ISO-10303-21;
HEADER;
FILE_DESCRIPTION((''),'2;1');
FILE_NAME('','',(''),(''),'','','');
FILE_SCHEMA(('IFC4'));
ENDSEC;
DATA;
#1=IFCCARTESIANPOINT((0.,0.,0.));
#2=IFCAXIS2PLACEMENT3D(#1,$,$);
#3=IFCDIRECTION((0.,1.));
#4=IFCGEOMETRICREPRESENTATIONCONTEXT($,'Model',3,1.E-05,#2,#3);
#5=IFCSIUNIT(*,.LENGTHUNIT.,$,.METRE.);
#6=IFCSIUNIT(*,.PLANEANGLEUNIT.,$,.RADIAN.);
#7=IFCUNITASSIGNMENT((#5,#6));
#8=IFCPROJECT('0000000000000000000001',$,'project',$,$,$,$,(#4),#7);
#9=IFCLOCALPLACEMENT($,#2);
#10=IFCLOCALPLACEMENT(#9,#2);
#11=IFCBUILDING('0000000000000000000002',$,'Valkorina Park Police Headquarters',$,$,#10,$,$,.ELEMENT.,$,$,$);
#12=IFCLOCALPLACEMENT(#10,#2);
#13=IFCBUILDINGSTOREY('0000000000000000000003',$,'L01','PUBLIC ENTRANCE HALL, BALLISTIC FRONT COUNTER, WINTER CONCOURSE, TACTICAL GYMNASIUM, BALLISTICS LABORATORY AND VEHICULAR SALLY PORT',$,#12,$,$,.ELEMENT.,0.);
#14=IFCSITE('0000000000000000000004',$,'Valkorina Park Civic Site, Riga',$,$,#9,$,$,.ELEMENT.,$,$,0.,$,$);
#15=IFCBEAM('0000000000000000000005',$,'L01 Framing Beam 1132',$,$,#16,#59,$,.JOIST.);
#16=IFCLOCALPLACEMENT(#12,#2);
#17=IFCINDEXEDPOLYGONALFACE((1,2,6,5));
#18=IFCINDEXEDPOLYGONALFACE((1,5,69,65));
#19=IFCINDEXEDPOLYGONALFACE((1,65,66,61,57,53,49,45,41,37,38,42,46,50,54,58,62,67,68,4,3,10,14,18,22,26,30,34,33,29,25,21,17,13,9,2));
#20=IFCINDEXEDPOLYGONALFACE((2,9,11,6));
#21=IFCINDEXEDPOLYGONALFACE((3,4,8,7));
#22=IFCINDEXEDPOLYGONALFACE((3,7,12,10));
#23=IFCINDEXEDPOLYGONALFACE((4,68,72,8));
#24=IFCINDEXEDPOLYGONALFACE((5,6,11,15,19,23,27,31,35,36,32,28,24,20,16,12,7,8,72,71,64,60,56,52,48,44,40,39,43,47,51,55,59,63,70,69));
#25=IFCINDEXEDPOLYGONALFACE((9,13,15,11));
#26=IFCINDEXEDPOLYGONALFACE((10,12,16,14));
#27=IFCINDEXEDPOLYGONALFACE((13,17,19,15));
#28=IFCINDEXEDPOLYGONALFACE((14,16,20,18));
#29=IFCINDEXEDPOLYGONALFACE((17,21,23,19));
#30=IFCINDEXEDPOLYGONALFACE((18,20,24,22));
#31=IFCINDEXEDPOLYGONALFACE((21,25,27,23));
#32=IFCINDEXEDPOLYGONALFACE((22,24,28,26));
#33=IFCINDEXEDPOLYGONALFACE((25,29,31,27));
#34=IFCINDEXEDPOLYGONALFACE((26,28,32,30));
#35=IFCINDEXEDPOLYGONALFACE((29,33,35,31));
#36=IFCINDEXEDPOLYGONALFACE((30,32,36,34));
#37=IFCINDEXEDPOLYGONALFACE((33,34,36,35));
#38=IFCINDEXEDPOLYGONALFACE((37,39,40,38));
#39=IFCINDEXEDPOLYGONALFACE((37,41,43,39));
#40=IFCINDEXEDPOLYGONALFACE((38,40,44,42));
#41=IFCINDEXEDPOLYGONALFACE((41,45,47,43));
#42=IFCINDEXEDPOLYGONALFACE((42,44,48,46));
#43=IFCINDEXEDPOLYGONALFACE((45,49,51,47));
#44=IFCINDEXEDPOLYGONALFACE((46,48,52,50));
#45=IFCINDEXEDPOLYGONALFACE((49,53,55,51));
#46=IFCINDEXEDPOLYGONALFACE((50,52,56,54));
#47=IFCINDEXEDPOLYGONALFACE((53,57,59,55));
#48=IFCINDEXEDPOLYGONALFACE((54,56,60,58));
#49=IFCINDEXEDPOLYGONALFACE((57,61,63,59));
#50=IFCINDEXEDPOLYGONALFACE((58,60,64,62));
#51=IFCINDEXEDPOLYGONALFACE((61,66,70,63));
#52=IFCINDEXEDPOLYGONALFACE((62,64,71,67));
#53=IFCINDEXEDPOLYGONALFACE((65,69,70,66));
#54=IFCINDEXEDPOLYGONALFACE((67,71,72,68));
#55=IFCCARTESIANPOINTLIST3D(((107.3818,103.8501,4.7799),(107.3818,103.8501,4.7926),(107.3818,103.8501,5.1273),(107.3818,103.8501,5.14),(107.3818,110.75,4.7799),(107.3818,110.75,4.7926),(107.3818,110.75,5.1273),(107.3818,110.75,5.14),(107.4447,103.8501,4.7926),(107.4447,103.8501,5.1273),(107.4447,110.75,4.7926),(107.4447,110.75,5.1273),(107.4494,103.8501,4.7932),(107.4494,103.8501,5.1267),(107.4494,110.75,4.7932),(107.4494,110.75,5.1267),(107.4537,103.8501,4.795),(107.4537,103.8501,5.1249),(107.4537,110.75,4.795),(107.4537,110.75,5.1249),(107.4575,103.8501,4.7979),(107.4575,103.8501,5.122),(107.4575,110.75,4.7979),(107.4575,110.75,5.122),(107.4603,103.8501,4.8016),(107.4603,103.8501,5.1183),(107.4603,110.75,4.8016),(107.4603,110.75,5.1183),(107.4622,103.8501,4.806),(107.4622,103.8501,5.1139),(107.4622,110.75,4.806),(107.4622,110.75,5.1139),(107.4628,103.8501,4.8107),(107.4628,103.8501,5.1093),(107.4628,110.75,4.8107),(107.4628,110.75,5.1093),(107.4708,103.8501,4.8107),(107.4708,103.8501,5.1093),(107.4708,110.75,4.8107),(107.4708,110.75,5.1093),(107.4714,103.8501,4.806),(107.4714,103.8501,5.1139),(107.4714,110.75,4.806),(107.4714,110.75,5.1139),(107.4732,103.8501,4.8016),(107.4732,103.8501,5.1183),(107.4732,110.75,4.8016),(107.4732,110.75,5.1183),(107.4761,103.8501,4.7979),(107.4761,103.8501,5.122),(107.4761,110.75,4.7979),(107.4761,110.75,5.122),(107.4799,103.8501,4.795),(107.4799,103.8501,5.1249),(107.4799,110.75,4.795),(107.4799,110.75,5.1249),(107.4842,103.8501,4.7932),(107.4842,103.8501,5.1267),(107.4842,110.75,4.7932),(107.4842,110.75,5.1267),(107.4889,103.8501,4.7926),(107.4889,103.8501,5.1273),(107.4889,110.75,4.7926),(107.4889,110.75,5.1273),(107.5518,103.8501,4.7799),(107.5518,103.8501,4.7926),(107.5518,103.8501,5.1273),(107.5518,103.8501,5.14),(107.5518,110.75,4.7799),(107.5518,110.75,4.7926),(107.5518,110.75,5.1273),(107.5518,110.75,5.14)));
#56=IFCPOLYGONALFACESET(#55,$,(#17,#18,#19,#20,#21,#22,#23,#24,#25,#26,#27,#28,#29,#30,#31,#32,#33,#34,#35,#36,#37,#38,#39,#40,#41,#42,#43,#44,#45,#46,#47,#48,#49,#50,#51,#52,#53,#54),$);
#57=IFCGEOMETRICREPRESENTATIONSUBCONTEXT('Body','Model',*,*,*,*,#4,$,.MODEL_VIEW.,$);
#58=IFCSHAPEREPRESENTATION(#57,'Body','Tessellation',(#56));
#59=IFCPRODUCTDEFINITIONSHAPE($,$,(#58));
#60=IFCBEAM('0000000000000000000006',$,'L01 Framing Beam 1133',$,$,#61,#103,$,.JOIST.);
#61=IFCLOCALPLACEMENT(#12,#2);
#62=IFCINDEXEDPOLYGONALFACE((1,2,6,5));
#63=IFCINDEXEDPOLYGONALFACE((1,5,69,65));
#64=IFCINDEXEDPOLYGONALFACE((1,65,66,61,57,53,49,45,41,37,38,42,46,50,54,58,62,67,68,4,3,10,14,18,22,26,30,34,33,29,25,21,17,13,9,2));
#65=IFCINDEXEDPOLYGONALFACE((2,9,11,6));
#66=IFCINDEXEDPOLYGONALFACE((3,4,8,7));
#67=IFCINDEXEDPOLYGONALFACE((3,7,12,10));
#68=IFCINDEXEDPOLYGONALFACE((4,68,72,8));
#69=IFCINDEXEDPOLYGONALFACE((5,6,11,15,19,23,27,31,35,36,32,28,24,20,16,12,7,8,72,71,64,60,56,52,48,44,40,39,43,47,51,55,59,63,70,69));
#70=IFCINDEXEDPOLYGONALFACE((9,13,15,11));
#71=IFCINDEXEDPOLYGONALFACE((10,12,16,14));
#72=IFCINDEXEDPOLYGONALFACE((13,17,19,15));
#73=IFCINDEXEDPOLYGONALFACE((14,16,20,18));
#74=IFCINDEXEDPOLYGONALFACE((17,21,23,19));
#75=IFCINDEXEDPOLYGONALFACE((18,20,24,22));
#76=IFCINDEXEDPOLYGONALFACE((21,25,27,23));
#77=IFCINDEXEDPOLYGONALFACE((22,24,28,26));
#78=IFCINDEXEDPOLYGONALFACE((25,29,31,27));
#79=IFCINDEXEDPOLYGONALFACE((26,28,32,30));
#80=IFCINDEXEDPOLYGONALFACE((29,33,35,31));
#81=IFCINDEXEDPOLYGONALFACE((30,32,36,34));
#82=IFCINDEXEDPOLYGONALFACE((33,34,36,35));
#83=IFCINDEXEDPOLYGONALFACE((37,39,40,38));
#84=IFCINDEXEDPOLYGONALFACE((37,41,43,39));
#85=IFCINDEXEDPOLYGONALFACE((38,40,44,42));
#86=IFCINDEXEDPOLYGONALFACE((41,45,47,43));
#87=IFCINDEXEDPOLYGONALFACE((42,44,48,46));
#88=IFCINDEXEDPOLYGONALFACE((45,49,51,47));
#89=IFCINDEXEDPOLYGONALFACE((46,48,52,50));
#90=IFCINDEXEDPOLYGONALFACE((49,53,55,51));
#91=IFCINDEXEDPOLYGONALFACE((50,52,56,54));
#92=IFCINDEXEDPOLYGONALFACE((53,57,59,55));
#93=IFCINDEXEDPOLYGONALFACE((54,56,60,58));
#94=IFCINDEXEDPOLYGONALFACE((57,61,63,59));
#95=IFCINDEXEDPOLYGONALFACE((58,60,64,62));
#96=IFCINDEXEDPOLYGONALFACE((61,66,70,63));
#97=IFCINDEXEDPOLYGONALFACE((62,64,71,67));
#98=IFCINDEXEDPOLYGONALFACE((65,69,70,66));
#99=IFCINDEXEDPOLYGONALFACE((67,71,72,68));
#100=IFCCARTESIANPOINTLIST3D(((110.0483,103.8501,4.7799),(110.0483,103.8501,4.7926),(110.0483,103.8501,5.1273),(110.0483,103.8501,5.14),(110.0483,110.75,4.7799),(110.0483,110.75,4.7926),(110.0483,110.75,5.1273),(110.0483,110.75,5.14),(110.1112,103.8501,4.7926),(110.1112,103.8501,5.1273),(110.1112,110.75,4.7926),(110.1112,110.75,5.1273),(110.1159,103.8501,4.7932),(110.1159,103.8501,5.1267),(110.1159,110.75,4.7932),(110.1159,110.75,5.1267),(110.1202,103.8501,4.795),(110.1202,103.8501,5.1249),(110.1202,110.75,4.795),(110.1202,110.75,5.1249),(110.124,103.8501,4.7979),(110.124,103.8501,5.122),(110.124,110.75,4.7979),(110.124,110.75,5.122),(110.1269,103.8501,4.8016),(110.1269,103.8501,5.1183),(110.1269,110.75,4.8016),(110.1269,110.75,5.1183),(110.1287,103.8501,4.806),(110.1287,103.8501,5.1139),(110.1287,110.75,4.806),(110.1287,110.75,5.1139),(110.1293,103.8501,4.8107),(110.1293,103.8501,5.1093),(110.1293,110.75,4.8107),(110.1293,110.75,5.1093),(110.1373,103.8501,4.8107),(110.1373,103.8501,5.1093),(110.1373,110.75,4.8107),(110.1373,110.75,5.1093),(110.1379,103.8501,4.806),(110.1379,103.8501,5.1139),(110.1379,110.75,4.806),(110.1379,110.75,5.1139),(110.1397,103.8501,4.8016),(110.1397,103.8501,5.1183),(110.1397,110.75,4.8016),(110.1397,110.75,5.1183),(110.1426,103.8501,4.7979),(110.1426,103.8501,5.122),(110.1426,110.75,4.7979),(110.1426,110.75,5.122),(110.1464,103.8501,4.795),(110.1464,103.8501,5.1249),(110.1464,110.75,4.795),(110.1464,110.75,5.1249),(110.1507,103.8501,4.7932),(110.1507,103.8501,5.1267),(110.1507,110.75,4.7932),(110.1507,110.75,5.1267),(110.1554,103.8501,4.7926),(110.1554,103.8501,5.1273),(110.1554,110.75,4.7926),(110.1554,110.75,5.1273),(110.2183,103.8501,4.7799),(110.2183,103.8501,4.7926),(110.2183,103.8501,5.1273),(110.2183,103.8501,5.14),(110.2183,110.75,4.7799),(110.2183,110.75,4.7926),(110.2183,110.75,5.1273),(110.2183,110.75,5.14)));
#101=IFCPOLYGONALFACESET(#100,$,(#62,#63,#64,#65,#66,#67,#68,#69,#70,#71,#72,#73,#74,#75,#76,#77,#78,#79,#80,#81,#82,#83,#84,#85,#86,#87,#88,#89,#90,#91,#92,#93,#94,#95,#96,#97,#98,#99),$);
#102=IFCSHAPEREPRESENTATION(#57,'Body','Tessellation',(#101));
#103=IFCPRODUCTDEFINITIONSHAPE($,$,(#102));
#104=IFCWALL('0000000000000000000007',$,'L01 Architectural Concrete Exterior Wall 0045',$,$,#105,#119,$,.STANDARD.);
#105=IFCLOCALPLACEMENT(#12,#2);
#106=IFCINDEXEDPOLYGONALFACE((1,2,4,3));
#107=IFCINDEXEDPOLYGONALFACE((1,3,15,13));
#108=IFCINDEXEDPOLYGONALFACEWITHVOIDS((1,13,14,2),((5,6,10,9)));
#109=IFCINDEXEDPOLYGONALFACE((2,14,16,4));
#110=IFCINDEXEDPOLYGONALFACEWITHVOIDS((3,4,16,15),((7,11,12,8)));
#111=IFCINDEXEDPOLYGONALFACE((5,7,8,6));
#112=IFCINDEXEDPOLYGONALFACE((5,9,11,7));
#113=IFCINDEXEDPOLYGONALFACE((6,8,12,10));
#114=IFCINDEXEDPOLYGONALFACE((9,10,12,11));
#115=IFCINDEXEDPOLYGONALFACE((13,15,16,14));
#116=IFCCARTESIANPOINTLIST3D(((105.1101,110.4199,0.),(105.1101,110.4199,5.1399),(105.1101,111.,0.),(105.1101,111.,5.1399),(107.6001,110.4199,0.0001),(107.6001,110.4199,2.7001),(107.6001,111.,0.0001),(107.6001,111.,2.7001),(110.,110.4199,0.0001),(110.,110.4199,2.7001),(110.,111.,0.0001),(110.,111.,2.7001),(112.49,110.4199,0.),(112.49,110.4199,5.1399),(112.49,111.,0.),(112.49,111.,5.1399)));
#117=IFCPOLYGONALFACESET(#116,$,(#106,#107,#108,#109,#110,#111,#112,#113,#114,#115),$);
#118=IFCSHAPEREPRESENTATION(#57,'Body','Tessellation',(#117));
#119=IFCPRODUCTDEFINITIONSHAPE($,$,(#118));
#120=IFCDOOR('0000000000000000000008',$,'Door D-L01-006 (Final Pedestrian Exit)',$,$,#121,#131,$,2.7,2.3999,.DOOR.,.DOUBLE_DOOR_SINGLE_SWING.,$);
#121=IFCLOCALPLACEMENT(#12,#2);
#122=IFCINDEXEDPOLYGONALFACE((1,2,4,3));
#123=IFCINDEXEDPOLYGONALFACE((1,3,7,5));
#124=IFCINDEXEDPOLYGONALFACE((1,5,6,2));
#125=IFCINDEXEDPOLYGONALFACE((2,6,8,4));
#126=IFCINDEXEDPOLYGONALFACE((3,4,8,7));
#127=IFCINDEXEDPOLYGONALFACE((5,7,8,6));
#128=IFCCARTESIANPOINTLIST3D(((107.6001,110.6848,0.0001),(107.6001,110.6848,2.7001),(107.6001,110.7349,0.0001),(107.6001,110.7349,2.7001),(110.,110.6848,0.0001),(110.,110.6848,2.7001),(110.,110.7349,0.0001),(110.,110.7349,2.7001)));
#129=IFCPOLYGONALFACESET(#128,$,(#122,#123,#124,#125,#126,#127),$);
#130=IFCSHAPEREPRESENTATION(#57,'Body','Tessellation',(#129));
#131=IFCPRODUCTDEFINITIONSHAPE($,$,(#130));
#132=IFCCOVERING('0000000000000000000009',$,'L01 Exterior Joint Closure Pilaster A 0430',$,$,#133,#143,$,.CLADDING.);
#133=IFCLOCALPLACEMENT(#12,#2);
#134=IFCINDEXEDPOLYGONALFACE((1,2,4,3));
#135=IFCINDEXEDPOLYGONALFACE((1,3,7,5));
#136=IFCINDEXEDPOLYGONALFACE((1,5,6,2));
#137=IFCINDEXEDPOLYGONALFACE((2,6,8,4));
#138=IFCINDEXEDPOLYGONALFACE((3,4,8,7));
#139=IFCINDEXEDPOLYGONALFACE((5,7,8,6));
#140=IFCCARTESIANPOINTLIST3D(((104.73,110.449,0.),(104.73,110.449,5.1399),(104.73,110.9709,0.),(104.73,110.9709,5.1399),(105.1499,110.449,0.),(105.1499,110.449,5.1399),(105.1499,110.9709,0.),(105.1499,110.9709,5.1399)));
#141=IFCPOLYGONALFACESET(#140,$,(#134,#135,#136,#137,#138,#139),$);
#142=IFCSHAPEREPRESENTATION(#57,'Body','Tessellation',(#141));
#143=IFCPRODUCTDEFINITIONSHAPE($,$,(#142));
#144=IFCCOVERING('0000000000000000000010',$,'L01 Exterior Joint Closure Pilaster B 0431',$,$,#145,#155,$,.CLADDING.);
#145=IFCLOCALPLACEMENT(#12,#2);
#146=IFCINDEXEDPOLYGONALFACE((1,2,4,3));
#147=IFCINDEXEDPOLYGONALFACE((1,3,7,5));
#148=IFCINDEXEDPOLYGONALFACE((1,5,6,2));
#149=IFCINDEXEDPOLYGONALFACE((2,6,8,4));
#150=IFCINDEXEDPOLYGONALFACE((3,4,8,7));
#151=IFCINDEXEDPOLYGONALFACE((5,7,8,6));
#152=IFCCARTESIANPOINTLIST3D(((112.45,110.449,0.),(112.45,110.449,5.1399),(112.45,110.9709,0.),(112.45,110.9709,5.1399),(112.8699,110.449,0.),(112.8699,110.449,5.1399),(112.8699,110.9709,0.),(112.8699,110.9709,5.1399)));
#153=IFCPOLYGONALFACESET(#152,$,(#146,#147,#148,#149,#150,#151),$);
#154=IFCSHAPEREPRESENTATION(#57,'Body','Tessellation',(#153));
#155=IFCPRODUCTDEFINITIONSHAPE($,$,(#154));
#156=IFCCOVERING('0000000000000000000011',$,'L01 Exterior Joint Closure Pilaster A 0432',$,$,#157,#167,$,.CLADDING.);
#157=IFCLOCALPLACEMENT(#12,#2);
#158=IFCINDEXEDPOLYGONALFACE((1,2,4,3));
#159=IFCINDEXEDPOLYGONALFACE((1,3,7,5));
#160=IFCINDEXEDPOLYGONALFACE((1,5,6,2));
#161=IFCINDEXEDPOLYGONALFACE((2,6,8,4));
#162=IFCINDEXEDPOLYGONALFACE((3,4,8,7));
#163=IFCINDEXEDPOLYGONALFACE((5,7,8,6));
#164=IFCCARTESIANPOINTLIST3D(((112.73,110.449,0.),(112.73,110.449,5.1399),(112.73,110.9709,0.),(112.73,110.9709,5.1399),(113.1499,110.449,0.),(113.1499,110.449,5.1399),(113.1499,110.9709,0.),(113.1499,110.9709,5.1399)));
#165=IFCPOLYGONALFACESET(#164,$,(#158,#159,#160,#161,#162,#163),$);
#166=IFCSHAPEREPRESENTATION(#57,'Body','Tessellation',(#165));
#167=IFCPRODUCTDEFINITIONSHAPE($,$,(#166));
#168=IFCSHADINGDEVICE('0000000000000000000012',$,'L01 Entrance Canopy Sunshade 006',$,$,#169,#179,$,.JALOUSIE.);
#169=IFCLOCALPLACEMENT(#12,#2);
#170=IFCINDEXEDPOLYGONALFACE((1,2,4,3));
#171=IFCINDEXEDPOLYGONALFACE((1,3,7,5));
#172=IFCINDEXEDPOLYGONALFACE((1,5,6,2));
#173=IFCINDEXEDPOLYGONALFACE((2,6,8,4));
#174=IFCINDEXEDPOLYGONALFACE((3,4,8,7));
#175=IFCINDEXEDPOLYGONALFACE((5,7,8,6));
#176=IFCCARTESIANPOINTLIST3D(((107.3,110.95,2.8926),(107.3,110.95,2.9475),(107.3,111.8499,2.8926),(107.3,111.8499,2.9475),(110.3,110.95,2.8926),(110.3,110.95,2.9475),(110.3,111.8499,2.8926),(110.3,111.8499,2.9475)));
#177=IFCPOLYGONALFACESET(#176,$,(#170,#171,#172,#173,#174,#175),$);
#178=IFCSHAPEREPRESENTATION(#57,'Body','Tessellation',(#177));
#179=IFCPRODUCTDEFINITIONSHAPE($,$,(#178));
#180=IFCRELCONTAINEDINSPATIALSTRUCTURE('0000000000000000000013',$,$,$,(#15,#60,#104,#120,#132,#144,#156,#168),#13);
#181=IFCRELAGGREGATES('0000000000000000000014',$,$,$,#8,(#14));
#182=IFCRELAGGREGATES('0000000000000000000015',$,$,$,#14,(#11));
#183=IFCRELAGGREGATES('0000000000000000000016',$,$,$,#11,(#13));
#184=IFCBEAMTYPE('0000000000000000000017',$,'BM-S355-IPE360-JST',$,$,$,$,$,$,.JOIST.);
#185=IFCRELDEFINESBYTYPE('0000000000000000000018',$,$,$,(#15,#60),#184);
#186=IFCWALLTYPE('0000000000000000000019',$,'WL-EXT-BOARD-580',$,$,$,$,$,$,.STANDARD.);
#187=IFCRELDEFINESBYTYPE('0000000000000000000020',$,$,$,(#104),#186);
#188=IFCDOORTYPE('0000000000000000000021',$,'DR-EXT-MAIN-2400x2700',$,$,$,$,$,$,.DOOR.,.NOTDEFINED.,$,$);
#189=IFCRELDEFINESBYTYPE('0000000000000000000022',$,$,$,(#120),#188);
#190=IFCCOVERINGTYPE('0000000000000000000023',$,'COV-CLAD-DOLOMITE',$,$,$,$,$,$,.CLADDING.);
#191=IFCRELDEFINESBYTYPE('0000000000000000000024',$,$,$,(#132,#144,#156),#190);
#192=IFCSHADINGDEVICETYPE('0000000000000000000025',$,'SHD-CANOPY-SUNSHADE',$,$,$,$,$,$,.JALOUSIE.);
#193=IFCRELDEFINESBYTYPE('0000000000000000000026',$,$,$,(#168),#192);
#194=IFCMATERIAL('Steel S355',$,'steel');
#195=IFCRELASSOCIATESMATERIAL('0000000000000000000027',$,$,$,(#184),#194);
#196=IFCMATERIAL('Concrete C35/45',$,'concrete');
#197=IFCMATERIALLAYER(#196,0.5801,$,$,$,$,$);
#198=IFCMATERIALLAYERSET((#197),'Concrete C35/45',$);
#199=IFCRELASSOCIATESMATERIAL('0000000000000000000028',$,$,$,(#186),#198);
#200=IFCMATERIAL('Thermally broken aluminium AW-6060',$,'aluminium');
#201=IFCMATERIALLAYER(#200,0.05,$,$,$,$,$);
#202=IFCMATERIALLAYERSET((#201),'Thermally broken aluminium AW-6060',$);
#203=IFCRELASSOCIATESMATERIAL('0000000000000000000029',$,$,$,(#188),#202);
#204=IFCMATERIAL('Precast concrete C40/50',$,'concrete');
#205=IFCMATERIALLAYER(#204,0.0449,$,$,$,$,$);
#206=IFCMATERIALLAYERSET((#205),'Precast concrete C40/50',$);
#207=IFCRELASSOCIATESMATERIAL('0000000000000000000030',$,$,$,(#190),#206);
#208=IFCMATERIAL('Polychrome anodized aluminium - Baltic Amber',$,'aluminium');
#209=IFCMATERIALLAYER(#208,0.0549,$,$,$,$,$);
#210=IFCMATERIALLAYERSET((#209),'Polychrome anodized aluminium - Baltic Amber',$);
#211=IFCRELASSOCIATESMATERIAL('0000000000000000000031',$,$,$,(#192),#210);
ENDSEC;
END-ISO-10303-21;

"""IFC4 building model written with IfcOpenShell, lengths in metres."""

from ifc_helpers import new_model, si_unit, direction, frame, frame_2d, origin, origin_2d, place, context, subcontext, project, spatial, rectangle, i_section, extrude, material, layer, layer_set, material_profile, profile_set, type_object, element, fill, save


model = new_model("IFC4")

# Units and contexts
model_context = context("Model", 3, precision=1e-05, world=origin(), true_north=direction((0.0, 1.0)))
body_context = subcontext(model_context, "Body", "Model", "MODEL_VIEW")
ifc_project = project(units=[si_unit("LENGTHUNIT", "METRE"), si_unit("PLANEANGLEUNIT", "RADIAN")], contexts=[model_context])

# Site, building, storey
site_placement = place(None, origin())
site = spatial("IfcSite", under=ifc_project, at=site_placement, Name="Valkorina Park Civic Site, Riga", CompositionType="ELEMENT", RefElevation=0.0)
building_placement = place(site_placement, origin())
building = spatial("IfcBuilding", under=site, at=building_placement, Name="Valkorina Park Police Headquarters", CompositionType="ELEMENT")
storey_placement = place(building_placement, origin())
storey = spatial("IfcBuildingStorey", under=building, at=storey_placement, Name="L01", Description="PUBLIC ENTRANCE HALL, BALLISTIC FRONT COUNTER, WINTER CONCOURSE, TACTICAL GYMNASIUM, BALLISTICS LABORATORY AND VEHICULAR SALLY PORT", CompositionType="ELEMENT", Elevation=0.0)

# Beams
ifc_material_1 = material(Name="Steel S355", Category="steel")
ifc_material_profile_1 = material_profile(ifc_material_1, i_section(OverallWidth=0.1699, OverallDepth=0.3601, WebThickness=0.0081, FlangeThickness=0.0127, FilletRadius=0.0181, at=origin_2d()), Name="IPE 360")
ifc_profile_set_1 = profile_set([ifc_material_profile_1], Name="Steel S355")
beam_type_1 = type_object("IfcBeamType", Name="BM-S355-IPE360-JST", PredefinedType="JOIST", material=ifc_profile_set_1)
for number, where, z_axis, x_axis, name in (
    (1, (107.4668, 103.8501, 4.96), (0.0, 1.0, 0.0), (-1.0, 0.0, 0.0), "L01 Framing Beam 1132"),
    (2, (110.1333, 103.8501, 4.96), (0.0, 1.0, 0.0), (-1.0, 0.0, 0.0), "L01 Framing Beam 1133"),
):
    element("IfcBeam", number, at=place(storey_placement, frame(where, z_axis=z_axis, x_axis=x_axis)), inside=storey, type_object=beam_type_1, Name=name, PredefinedType="JOIST", context=body_context, shape_type="SweptSolid", body=[
        extrude(i_section(OverallWidth=0.1699, OverallDepth=0.3601, WebThickness=0.0081, FlangeThickness=0.0127, FilletRadius=0.0181, at=origin_2d()), origin(), (0.0, 0.0, 1.0), 6.8999),
    ])

# Wall, opening, door
ifc_material_2 = material(Name="Concrete C35/45", Category="concrete")
ifc_layer_1 = layer(ifc_material_2, 0.5801)
ifc_layer_set_1 = layer_set([ifc_layer_1], Name="Concrete C35/45")
wall_type = type_object("IfcWallType", Name="WL-EXT-BOARD-580", PredefinedType="STANDARD", material=ifc_layer_set_1)
wall_placement = place(storey_placement, frame((105.1101, 110.71, 0.0), z_axis=(0.0, 0.0, 1.0), x_axis=(1.0, 0.0, 0.0)))
wall = element("IfcWall", 3, at=wall_placement, inside=storey, type_object=wall_type, Name="L01 Architectural Concrete Exterior Wall 0045", PredefinedType="STANDARD", context=body_context, shape_type="SweptSolid", body=[
    extrude(rectangle(XDim=7.3799, YDim=0.5801, at=frame_2d((3.6899, 0.0))), origin(), (0.0, 0.0, 1.0), 5.1399),
])
opening_placement = place(wall_placement, frame((2.49, 0.0, 0.0)))
opening = element("IfcOpeningElement", 4, at=opening_placement, cuts=wall, PredefinedType="OPENING", context=body_context, shape_type="SweptSolid", body=[
    extrude(rectangle(XDim=2.3999, YDim=2.7, at=frame_2d((1.2, 1.3501))), frame((0.0, 0.3, 0.0), z_axis=(0.0, -1.0, 0.0), x_axis=(1.0, 0.0, 0.0)), (0.0, 0.0, 1.0), 0.6001),
])
ifc_material_3 = material(Name="Thermally broken aluminium AW-6060", Category="aluminium")
ifc_layer_2 = layer(ifc_material_3, 0.05)
ifc_layer_set_2 = layer_set([ifc_layer_2], Name="Thermally broken aluminium AW-6060")
door_type = type_object("IfcDoorType", Name="DR-EXT-MAIN-2400x2700", OperationType="NOTDEFINED", PredefinedType="DOOR", material=ifc_layer_set_2)
door_placement = place(opening_placement, origin())
door = element("IfcDoor", 5, at=door_placement, inside=storey, type_object=door_type, Name="Door D-L01-006 (Final Pedestrian Exit)", OperationType="DOUBLE_DOOR_SINGLE_SWING", OverallHeight=2.7, OverallWidth=2.3999, PredefinedType="DOOR", context=body_context, shape_type="SweptSolid", body=[
    extrude(rectangle(XDim=2.3999, YDim=2.7, at=frame_2d((1.2, 1.3501))), frame((0.0, 0.0249, 0.0), z_axis=(0.0, -1.0, 0.0), x_axis=(1.0, 0.0, 0.0)), (0.0, 0.0, 1.0), 0.05),
])
fill(opening, door)

# Coverings
ifc_material_4 = material(Name="Precast concrete C40/50", Category="concrete")
ifc_layer_3 = layer(ifc_material_4, 0.0449)
ifc_layer_set_3 = layer_set([ifc_layer_3], Name="Precast concrete C40/50")
covering_type = type_object("IfcCoveringType", Name="COV-CLAD-DOLOMITE", PredefinedType="CLADDING", material=ifc_layer_set_3)
for number, where, z_axis, x_axis, name in (
    (6, (104.9399, 110.71, 0.0), (0.0, 0.0, 1.0), (1.0, 0.0, 0.0), "L01 Exterior Joint Closure Pilaster A 0430"),
    (7, (112.6599, 110.71, 0.0), (0.0, 0.0, 1.0), (1.0, 0.0, 0.0), "L01 Exterior Joint Closure Pilaster B 0431"),
    (8, (112.9399, 110.71, 0.0), (0.0, 0.0, 1.0), (1.0, 0.0, 0.0), "L01 Exterior Joint Closure Pilaster A 0432"),
):
    element("IfcCovering", number, at=place(storey_placement, frame(where, z_axis=z_axis, x_axis=x_axis)), inside=storey, type_object=covering_type, Name=name, PredefinedType="CLADDING", context=body_context, shape_type="SweptSolid", body=[
        extrude(rectangle(XDim=0.4199, YDim=0.522, at=origin_2d()), origin(), (0.0, 0.0, 1.0), 5.1399),
    ])

# Shading device
ifc_material_5 = material(Name="Polychrome anodized aluminium - Baltic Amber", Category="aluminium")
ifc_layer_4 = layer(ifc_material_5, 0.0549)
ifc_layer_set_4 = layer_set([ifc_layer_4], Name="Polychrome anodized aluminium - Baltic Amber")
shading_device_type = type_object("IfcShadingDeviceType", Name="SHD-CANOPY-SUNSHADE", PredefinedType="JALOUSIE", material=ifc_layer_set_4)
shading_device_placement = place(storey_placement, frame((108.8, 111.3999, 2.8926), z_axis=(0.0, 0.0, 1.0), x_axis=(1.0, 0.0, 0.0)))
element("IfcShadingDevice", 9, at=shading_device_placement, inside=storey, type_object=shading_device_type, Name="L01 Entrance Canopy Sunshade 006", PredefinedType="JALOUSIE", context=body_context, shape_type="SweptSolid", body=[
    extrude(rectangle(XDim=3.0, YDim=0.8999, at=origin_2d()), origin(), (0.0, 0.0, 1.0), 0.0549),
])

save(model, "model.ifc")
